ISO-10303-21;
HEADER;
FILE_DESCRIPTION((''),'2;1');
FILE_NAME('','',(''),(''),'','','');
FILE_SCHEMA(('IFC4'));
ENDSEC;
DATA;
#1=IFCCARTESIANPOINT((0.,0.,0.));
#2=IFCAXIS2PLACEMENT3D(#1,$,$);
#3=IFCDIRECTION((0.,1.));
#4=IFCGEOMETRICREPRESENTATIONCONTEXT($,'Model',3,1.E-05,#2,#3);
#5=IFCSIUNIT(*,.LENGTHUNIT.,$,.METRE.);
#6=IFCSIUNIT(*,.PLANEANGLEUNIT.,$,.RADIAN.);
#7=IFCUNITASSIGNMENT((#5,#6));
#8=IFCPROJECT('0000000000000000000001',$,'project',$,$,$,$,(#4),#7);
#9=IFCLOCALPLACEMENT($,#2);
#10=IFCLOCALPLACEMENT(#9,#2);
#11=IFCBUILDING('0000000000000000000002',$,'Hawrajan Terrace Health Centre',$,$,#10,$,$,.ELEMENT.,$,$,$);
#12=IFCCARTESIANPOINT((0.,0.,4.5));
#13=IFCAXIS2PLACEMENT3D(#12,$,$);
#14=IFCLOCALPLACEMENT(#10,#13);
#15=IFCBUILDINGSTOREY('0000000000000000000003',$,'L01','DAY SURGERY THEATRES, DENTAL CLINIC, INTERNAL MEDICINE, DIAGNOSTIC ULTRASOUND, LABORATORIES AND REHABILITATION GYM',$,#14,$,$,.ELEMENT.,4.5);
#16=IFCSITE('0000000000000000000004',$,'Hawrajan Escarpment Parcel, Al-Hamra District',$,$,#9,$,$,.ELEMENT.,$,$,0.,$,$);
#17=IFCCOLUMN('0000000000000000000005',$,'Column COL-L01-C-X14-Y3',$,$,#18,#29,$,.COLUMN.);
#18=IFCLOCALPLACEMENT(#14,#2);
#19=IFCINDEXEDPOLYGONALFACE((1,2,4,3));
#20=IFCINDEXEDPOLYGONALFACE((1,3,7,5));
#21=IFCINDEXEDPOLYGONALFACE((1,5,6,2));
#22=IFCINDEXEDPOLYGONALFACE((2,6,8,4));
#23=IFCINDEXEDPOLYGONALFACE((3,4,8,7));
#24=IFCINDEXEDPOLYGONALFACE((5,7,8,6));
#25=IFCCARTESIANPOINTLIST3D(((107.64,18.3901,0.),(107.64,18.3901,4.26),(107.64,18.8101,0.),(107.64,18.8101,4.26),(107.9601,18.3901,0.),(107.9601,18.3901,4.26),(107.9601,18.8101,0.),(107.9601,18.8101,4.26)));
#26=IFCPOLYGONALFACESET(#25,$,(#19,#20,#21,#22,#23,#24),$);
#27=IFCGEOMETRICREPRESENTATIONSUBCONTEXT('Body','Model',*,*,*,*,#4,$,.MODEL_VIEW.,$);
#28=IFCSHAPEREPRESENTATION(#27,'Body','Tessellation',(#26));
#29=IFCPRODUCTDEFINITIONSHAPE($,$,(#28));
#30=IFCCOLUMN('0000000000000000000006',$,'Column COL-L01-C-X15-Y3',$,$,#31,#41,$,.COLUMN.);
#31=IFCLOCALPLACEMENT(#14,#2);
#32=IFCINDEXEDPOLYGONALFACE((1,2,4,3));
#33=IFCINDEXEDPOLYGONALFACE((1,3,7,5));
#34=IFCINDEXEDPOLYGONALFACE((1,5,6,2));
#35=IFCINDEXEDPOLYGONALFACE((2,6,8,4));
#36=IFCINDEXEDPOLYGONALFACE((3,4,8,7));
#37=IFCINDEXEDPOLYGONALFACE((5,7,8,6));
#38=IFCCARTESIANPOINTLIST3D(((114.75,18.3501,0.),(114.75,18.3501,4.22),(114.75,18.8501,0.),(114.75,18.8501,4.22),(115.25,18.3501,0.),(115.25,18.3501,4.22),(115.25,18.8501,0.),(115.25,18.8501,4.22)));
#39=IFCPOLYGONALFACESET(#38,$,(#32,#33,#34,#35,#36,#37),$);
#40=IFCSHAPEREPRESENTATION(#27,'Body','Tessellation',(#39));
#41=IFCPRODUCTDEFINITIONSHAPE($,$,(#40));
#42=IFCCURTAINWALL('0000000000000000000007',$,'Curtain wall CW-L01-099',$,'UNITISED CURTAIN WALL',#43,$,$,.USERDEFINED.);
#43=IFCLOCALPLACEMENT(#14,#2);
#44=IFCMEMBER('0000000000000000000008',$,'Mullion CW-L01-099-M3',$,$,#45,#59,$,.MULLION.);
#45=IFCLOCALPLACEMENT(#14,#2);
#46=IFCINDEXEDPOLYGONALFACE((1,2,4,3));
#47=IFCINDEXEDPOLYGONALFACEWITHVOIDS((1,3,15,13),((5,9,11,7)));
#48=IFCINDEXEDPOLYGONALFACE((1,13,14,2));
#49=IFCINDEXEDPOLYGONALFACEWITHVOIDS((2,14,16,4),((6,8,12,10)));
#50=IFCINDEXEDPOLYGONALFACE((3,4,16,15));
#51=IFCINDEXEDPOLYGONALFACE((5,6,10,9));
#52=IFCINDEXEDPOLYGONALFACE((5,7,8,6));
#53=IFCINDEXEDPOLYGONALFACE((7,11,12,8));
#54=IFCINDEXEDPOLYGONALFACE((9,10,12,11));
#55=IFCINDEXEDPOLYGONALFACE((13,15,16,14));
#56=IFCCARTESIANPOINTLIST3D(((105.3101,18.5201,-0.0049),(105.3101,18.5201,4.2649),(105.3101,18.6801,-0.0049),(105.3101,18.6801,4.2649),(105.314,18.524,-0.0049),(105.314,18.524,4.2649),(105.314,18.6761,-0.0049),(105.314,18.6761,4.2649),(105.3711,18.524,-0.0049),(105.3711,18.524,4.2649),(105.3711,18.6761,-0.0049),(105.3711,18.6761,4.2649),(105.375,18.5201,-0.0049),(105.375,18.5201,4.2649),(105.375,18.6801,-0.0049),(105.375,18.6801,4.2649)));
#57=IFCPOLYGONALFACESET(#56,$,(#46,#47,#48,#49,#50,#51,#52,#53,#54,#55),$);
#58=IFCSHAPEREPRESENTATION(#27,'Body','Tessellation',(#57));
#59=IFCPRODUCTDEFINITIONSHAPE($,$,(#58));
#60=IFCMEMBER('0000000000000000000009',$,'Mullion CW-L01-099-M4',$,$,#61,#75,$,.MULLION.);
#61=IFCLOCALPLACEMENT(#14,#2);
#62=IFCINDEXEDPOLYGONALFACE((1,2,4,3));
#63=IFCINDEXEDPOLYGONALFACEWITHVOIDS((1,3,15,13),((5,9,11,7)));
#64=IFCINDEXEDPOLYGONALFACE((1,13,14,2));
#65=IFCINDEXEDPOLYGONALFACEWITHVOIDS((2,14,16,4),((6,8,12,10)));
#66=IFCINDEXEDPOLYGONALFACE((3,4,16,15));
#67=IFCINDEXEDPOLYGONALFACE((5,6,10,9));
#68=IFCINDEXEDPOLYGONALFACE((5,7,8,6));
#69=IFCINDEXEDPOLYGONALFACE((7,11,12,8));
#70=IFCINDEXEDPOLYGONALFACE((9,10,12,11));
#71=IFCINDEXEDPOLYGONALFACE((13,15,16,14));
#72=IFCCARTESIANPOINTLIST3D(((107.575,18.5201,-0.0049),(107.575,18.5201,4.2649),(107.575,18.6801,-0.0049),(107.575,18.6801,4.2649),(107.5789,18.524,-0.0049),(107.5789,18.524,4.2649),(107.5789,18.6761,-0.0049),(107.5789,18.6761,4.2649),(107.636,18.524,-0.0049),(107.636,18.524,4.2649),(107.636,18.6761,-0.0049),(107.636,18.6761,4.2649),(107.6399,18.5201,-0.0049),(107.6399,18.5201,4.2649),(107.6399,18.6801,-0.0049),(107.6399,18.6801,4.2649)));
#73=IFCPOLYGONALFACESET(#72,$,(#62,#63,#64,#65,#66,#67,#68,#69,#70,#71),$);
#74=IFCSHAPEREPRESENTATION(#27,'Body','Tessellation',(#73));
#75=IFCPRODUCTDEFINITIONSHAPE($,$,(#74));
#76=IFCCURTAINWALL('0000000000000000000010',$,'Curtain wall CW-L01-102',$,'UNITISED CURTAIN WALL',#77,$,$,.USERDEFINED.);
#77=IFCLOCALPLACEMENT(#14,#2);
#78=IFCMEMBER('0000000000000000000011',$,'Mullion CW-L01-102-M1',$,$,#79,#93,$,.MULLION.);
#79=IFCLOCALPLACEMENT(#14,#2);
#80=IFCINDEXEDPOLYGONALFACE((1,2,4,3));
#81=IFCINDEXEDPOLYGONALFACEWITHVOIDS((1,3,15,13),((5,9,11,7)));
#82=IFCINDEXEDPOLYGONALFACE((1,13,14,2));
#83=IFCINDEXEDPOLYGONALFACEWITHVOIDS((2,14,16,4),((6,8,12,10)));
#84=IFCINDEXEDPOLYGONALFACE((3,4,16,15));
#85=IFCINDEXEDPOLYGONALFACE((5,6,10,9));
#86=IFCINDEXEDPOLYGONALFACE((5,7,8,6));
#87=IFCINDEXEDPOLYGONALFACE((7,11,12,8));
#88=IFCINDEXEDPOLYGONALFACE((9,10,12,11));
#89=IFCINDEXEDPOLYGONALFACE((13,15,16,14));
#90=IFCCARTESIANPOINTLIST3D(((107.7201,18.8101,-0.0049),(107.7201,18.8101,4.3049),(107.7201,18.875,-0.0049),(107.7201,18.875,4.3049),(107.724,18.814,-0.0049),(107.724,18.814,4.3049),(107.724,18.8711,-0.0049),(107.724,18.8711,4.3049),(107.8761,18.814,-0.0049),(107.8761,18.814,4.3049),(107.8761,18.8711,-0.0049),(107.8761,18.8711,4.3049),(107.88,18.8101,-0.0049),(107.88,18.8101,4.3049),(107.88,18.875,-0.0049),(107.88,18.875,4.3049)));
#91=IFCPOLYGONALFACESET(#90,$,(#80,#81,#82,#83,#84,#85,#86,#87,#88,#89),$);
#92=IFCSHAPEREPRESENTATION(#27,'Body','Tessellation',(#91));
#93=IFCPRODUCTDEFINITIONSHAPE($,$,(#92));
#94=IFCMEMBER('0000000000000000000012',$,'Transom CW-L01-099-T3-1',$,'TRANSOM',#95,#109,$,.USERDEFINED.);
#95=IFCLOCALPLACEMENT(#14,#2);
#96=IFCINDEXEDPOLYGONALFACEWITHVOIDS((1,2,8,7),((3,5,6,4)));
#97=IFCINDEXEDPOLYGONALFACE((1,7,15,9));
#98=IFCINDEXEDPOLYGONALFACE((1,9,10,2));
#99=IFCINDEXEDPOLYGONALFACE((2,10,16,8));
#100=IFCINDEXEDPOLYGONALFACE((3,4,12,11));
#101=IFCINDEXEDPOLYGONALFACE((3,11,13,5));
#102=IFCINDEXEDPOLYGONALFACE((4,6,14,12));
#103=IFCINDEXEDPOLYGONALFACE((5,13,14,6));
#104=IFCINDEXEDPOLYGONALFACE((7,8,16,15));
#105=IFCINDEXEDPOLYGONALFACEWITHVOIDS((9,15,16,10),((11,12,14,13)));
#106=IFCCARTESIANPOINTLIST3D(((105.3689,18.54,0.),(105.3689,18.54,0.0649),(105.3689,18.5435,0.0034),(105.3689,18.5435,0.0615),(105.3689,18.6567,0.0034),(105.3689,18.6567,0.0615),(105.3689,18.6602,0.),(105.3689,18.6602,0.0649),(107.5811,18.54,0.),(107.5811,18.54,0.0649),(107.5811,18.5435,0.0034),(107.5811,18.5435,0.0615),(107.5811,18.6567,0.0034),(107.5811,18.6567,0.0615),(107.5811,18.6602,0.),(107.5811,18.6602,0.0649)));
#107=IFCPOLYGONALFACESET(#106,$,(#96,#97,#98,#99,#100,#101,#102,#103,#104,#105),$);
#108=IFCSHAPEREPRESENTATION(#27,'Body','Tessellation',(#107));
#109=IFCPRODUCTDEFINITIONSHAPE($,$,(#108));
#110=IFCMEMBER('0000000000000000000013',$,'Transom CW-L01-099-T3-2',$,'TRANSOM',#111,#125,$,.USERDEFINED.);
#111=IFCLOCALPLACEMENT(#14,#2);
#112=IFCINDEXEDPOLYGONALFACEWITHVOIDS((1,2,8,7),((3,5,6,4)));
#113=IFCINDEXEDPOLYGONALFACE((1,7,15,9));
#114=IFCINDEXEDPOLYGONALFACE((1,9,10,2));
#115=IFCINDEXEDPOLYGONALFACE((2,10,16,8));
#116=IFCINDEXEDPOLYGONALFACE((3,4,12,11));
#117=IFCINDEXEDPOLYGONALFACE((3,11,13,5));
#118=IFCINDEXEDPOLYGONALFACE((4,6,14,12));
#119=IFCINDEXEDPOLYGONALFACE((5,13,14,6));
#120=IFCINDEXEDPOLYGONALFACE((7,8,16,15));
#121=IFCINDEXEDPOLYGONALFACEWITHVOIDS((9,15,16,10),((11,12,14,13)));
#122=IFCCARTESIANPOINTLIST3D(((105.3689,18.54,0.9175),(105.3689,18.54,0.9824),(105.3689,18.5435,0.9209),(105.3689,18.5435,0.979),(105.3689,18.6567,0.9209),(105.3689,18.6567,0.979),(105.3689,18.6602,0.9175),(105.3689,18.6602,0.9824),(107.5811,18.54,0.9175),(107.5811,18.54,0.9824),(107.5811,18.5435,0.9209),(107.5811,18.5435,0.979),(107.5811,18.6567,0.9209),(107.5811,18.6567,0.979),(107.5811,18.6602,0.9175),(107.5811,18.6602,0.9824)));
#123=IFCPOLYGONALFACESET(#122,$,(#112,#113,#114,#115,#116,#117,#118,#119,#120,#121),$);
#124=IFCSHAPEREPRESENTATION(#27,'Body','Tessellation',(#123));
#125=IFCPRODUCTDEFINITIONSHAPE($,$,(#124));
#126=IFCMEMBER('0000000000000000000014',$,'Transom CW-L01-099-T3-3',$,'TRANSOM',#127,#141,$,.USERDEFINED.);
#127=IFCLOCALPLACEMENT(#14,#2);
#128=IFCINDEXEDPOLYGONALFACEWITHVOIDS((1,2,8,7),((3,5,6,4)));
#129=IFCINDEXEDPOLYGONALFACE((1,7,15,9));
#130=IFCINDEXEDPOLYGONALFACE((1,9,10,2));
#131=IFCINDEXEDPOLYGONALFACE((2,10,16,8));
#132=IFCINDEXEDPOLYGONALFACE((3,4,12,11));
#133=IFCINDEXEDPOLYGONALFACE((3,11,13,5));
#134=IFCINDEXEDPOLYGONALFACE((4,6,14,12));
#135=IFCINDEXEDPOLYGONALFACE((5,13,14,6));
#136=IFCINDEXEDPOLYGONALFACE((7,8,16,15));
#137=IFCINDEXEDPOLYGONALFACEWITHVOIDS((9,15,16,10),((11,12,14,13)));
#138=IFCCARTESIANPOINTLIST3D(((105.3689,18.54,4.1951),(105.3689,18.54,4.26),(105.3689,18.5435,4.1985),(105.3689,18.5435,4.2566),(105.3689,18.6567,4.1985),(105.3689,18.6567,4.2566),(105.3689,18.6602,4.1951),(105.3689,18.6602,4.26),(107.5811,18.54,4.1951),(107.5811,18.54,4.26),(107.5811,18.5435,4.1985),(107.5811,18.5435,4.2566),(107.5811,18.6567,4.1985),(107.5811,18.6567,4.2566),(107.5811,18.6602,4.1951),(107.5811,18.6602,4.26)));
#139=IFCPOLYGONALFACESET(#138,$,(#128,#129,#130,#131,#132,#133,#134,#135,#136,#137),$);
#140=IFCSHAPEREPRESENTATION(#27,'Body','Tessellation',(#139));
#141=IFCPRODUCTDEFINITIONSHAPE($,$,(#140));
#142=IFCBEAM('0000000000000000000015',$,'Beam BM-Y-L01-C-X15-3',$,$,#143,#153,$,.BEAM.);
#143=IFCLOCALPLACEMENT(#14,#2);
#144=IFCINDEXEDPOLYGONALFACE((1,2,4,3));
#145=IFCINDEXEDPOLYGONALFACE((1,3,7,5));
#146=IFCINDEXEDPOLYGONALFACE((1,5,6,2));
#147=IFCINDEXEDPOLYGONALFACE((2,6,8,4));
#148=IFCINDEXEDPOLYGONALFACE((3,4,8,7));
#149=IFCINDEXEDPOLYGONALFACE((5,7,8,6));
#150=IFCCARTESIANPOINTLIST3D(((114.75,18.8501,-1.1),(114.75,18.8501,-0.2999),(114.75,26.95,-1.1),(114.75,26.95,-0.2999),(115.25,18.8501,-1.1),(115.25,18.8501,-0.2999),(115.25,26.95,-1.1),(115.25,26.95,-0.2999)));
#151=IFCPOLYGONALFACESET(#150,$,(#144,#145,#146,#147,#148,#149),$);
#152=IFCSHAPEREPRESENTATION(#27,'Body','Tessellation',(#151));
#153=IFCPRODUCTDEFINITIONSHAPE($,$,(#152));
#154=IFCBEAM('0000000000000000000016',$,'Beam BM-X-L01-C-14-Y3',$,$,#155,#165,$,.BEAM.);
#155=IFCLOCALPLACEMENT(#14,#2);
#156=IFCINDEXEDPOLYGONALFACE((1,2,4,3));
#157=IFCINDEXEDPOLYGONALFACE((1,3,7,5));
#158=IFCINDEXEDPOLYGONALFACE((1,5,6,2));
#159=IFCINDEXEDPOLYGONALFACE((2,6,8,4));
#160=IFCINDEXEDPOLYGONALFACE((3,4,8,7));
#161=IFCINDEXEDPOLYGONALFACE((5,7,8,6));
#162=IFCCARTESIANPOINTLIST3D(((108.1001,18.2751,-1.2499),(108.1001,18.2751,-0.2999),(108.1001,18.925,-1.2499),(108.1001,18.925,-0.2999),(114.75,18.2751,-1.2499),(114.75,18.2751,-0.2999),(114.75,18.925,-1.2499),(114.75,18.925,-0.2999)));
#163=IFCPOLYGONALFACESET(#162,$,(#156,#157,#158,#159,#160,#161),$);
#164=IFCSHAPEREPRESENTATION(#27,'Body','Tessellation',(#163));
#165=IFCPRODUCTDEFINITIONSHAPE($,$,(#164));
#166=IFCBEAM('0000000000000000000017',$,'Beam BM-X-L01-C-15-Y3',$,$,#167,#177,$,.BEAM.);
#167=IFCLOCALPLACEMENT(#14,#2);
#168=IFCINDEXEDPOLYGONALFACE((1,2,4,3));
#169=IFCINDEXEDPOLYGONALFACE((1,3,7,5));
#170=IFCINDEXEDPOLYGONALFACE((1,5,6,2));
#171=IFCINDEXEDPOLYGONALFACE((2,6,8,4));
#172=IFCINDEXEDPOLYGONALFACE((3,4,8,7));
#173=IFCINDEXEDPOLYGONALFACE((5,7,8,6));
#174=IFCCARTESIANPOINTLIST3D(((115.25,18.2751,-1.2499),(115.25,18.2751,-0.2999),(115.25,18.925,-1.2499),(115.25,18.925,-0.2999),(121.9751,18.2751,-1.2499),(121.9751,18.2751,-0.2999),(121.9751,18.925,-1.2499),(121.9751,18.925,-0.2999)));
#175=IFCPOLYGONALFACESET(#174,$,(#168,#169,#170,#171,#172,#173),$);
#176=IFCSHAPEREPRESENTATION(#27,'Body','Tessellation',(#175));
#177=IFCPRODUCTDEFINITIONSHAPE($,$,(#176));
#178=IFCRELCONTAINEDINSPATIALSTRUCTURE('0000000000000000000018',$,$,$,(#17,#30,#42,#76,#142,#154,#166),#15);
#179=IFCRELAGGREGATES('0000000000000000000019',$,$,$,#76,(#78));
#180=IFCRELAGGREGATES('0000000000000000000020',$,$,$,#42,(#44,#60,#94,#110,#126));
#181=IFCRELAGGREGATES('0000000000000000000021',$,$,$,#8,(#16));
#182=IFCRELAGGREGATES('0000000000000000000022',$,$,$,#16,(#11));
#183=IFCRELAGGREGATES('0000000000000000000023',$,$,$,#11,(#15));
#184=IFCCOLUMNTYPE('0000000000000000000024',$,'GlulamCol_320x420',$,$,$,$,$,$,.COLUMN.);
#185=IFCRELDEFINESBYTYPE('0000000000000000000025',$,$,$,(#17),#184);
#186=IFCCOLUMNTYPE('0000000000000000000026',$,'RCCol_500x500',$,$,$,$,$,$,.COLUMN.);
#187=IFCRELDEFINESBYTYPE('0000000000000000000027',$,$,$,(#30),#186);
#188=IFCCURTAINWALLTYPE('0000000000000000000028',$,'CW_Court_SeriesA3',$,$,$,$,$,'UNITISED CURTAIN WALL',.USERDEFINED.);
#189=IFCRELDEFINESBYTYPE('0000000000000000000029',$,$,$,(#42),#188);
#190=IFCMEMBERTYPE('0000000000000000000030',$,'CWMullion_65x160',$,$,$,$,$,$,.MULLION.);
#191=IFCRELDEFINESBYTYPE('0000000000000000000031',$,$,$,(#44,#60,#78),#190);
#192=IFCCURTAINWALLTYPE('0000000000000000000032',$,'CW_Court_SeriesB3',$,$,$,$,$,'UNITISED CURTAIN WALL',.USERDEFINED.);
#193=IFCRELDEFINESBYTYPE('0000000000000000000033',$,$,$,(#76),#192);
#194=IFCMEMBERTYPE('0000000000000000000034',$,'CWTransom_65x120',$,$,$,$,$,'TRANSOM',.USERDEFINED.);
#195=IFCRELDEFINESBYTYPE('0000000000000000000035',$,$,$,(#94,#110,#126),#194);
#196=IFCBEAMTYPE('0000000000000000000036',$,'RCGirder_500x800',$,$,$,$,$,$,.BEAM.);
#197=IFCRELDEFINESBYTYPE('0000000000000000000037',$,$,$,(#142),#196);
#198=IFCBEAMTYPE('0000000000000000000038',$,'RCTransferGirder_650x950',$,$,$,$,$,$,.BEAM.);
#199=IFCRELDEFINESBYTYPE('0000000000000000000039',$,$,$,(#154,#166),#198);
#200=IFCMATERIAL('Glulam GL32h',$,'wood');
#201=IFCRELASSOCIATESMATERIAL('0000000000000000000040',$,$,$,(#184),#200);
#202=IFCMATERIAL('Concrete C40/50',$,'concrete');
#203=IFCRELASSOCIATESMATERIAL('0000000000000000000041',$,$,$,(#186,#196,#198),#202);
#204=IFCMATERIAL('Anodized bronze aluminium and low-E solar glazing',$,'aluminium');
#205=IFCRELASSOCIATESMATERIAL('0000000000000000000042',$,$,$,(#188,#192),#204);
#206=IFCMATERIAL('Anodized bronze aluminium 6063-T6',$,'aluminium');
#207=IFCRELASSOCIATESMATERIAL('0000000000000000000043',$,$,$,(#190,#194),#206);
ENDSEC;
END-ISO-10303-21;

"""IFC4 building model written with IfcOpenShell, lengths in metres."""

from ifc_helpers import new_model, si_unit, direction, frame, origin, origin_2d, place, context, subcontext, project, spatial, rectangle, hollow_rectangle, extrude, material, material_profile, profile_set, type_object, element, aggregate, save


model = new_model("IFC4")

# Units and contexts
model_context = context("Model", 3, precision=1e-05, world=origin(), true_north=direction((0.0, 1.0)))
body_context = subcontext(model_context, "Body", "Model", "MODEL_VIEW")
ifc_project = project(units=[si_unit("LENGTHUNIT", "METRE"), si_unit("PLANEANGLEUNIT", "RADIAN")], contexts=[model_context])

# Site, building, storey
site_placement = place(None, origin())
site = spatial("IfcSite", under=ifc_project, at=site_placement, Name="Hawrajan Escarpment Parcel, Al-Hamra District", CompositionType="ELEMENT", RefElevation=0.0)
building_placement = place(site_placement, origin())
building = spatial("IfcBuilding", under=site, at=building_placement, Name="Hawrajan Terrace Health Centre", CompositionType="ELEMENT")
storey_placement = place(building_placement, frame((0.0, 0.0, 4.5)))
storey = spatial("IfcBuildingStorey", under=building, at=storey_placement, Name="L01", Description="DAY SURGERY THEATRES, DENTAL CLINIC, INTERNAL MEDICINE, DIAGNOSTIC ULTRASOUND, LABORATORIES AND REHABILITATION GYM", CompositionType="ELEMENT", Elevation=4.5)

# Columns
ifc_material_1 = material(Name="Glulam GL32h", Category="wood")
ifc_material_profile_1 = material_profile(ifc_material_1, rectangle(XDim=0.3201, YDim=0.4199, at=origin_2d()), Name="GL 320x420")
ifc_profile_set_1 = profile_set([ifc_material_profile_1], Name="Glulam GL32h")
column_type_1 = type_object("IfcColumnType", Name="GlulamCol_320x420", PredefinedType="COLUMN", material=ifc_profile_set_1)
column_1_placement = place(storey_placement, frame((107.8, 18.6001, 0.0), z_axis=(0.0, 0.0, 1.0), x_axis=(1.0, 0.0, 0.0)))
element("IfcColumn", 1, at=column_1_placement, inside=storey, type_object=column_type_1, Name="Column COL-L01-C-X14-Y3", PredefinedType="COLUMN", context=body_context, shape_type="SweptSolid", body=[
    extrude(rectangle(XDim=0.3201, YDim=0.4199, at=origin_2d()), origin(), (0.0, 0.0, 1.0), 4.26),
])
ifc_material_2 = material(Name="Concrete C40/50", Category="concrete")
ifc_material_profile_2 = material_profile(ifc_material_2, rectangle(XDim=0.5, YDim=0.5, at=origin_2d()), Name="RC 500x500")
ifc_profile_set_2 = profile_set([ifc_material_profile_2], Name="Concrete C40/50")
column_type_2 = type_object("IfcColumnType", Name="RCCol_500x500", PredefinedType="COLUMN", material=ifc_profile_set_2)
column_2_placement = place(storey_placement, frame((115.0, 18.6001, 0.0), z_axis=(0.0, 0.0, 1.0), x_axis=(1.0, 0.0, 0.0)))
element("IfcColumn", 2, at=column_2_placement, inside=storey, type_object=column_type_2, Name="Column COL-L01-C-X15-Y3", PredefinedType="COLUMN", context=body_context, shape_type="SweptSolid", body=[
    extrude(rectangle(XDim=0.5, YDim=0.5, at=origin_2d()), origin(), (0.0, 0.0, 1.0), 4.22),
])

# Curtain wall, members
ifc_material_3 = material(Name="Anodized bronze aluminium and low-E solar glazing", Category="aluminium")
curtain_wall_type_1 = type_object("IfcCurtainWallType", Name="CW_Court_SeriesA3", ElementType="UNITISED CURTAIN WALL", PredefinedType="USERDEFINED", material=ifc_material_3)
curtain_wall_1_placement = place(storey_placement, origin())
curtain_wall_1 = element("IfcCurtainWall", 3, at=curtain_wall_1_placement, inside=storey, type_object=curtain_wall_type_1, Name="Curtain wall CW-L01-099", ObjectType="UNITISED CURTAIN WALL", PredefinedType="USERDEFINED")
ifc_material_4 = material(Name="Anodized bronze aluminium 6063-T6", Category="aluminium")
ifc_material_profile_3 = material_profile(ifc_material_4, hollow_rectangle(XDim=0.0649, YDim=0.1599, WallThickness=0.0039, at=origin_2d()), Name="CW MUL 65x160")
ifc_profile_set_3 = profile_set([ifc_material_profile_3], Name="Anodized bronze aluminium 6063-T6")
member_type_1 = type_object("IfcMemberType", Name="CWMullion_65x160", PredefinedType="MULLION", material=ifc_profile_set_3)
member_1_placement = place(storey_placement, frame((105.3425, 18.6001, -0.0049), z_axis=(0.0, 0.0, 1.0), x_axis=(1.0, 0.0, 0.0)))
member_1 = element("IfcMember", 4, at=member_1_placement, type_object=member_type_1, Name="Mullion CW-L01-099-M3", PredefinedType="MULLION", context=body_context, shape_type="SweptSolid", body=[
    extrude(hollow_rectangle(XDim=0.0649, YDim=0.1599, WallThickness=0.0039, at=origin_2d()), origin(), (0.0, 0.0, 1.0), 4.2698),
])
member_2_placement = place(storey_placement, frame((107.6074, 18.6001, -0.0049), z_axis=(0.0, 0.0, 1.0), x_axis=(1.0, 0.0, 0.0)))
member_2 = element("IfcMember", 5, at=member_2_placement, type_object=member_type_1, Name="Mullion CW-L01-099-M4", PredefinedType="MULLION", context=body_context, shape_type="SweptSolid", body=[
    extrude(hollow_rectangle(XDim=0.0649, YDim=0.1599, WallThickness=0.0039, at=origin_2d()), origin(), (0.0, 0.0, 1.0), 4.2698),
])

# Curtain wall, member
curtain_wall_type_2 = type_object("IfcCurtainWallType", Name="CW_Court_SeriesB3", ElementType="UNITISED CURTAIN WALL", PredefinedType="USERDEFINED", material=ifc_material_3)
curtain_wall_2_placement = place(storey_placement, origin())
curtain_wall_2 = element("IfcCurtainWall", 6, at=curtain_wall_2_placement, inside=storey, type_object=curtain_wall_type_2, Name="Curtain wall CW-L01-102", ObjectType="UNITISED CURTAIN WALL", PredefinedType="USERDEFINED")
member_3_placement = place(storey_placement, frame((107.8, 18.8425, -0.0049), z_axis=(0.0, 0.0, 1.0), x_axis=(0.0, 1.0, 0.0)))
member_3 = element("IfcMember", 7, at=member_3_placement, type_object=member_type_1, Name="Mullion CW-L01-102-M1", PredefinedType="MULLION", context=body_context, shape_type="SweptSolid", body=[
    extrude(hollow_rectangle(XDim=0.0649, YDim=0.1599, WallThickness=0.0039, at=origin_2d()), origin(), (0.0, 0.0, 1.0), 4.3098),
])
aggregate(curtain_wall_2, [member_3])

# Members
ifc_material_profile_4 = material_profile(ifc_material_4, hollow_rectangle(XDim=0.0649, YDim=0.1201, WallThickness=0.0034, at=origin_2d()), Name="CW TRN 65x120")
ifc_profile_set_4 = profile_set([ifc_material_profile_4], Name="Anodized bronze aluminium 6063-T6")
member_type_2 = type_object("IfcMemberType", Name="CWTransom_65x120", ElementType="TRANSOM", PredefinedType="USERDEFINED", material=ifc_profile_set_4)
member_4_placement = place(storey_placement, frame((105.3689, 18.6001, 0.0325), z_axis=(1.0, 0.0, 0.0), x_axis=(0.0, 0.0, 1.0)))
member_4 = element("IfcMember", 8, at=member_4_placement, type_object=member_type_2, Name="Transom CW-L01-099-T3-1", ObjectType="TRANSOM", PredefinedType="USERDEFINED", context=body_context, shape_type="SweptSolid", body=[
    extrude(hollow_rectangle(XDim=0.0649, YDim=0.1201, WallThickness=0.0034, at=origin_2d()), origin(), (0.0, 0.0, 1.0), 2.2122),
])
member_5_placement = place(storey_placement, frame((105.3689, 18.6001, 0.95), z_axis=(1.0, 0.0, 0.0), x_axis=(0.0, 0.0, 1.0)))
member_5 = element("IfcMember", 9, at=member_5_placement, type_object=member_type_2, Name="Transom CW-L01-099-T3-2", ObjectType="TRANSOM", PredefinedType="USERDEFINED", context=body_context, shape_type="SweptSolid", body=[
    extrude(hollow_rectangle(XDim=0.0649, YDim=0.1201, WallThickness=0.0034, at=origin_2d()), origin(), (0.0, 0.0, 1.0), 2.2122),
])
member_6_placement = place(storey_placement, frame((105.3689, 18.6001, 4.2275), z_axis=(1.0, 0.0, 0.0), x_axis=(0.0, 0.0, 1.0)))
member_6 = element("IfcMember", 10, at=member_6_placement, type_object=member_type_2, Name="Transom CW-L01-099-T3-3", ObjectType="TRANSOM", PredefinedType="USERDEFINED", context=body_context, shape_type="SweptSolid", body=[
    extrude(hollow_rectangle(XDim=0.0649, YDim=0.1201, WallThickness=0.0034, at=origin_2d()), origin(), (0.0, 0.0, 1.0), 2.2122),
])

# Beams
ifc_material_profile_5 = material_profile(ifc_material_2, rectangle(XDim=0.5, YDim=0.8, at=origin_2d()), Name="RC BM 500x800")
ifc_profile_set_5 = profile_set([ifc_material_profile_5], Name="Concrete C40/50")
beam_type_1 = type_object("IfcBeamType", Name="RCGirder_500x800", PredefinedType="BEAM", material=ifc_profile_set_5)
beam_1_placement = place(storey_placement, frame((115.0, 18.8501, -0.7), z_axis=(0.0, 1.0, 0.0), x_axis=(-1.0, 0.0, 0.0)))
element("IfcBeam", 11, at=beam_1_placement, inside=storey, type_object=beam_type_1, Name="Beam BM-Y-L01-C-X15-3", PredefinedType="BEAM", context=body_context, shape_type="SweptSolid", body=[
    extrude(rectangle(XDim=0.5, YDim=0.8, at=origin_2d()), origin(), (0.0, 0.0, 1.0), 8.0999),
])
ifc_material_profile_6 = material_profile(ifc_material_2, rectangle(XDim=0.6499, YDim=0.95, at=origin_2d()), Name="RC TG 650x950")
ifc_profile_set_6 = profile_set([ifc_material_profile_6], Name="Concrete C40/50")
beam_type_2 = type_object("IfcBeamType", Name="RCTransferGirder_650x950", PredefinedType="BEAM", material=ifc_profile_set_6)
beam_2_placement = place(storey_placement, frame((108.1001, 18.6001, -0.7749), z_axis=(1.0, 0.0, 0.0), x_axis=(0.0, 1.0, 0.0)))
element("IfcBeam", 12, at=beam_2_placement, inside=storey, type_object=beam_type_2, Name="Beam BM-X-L01-C-14-Y3", PredefinedType="BEAM", context=body_context, shape_type="SweptSolid", body=[
    extrude(rectangle(XDim=0.6499, YDim=0.95, at=origin_2d()), origin(), (0.0, 0.0, 1.0), 6.6499),
])
beam_3_placement = place(storey_placement, frame((115.25, 18.6001, -0.7749), z_axis=(1.0, 0.0, 0.0), x_axis=(0.0, 1.0, 0.0)))
element("IfcBeam", 13, at=beam_3_placement, inside=storey, type_object=beam_type_2, Name="Beam BM-X-L01-C-15-Y3", PredefinedType="BEAM", context=body_context, shape_type="SweptSolid", body=[
    extrude(rectangle(XDim=0.6499, YDim=0.95, at=origin_2d()), origin(), (0.0, 0.0, 1.0), 6.7251),
])

aggregate(curtain_wall_1, [member_1, member_2, member_4, member_5, member_6])

save(model, "model.ifc")
